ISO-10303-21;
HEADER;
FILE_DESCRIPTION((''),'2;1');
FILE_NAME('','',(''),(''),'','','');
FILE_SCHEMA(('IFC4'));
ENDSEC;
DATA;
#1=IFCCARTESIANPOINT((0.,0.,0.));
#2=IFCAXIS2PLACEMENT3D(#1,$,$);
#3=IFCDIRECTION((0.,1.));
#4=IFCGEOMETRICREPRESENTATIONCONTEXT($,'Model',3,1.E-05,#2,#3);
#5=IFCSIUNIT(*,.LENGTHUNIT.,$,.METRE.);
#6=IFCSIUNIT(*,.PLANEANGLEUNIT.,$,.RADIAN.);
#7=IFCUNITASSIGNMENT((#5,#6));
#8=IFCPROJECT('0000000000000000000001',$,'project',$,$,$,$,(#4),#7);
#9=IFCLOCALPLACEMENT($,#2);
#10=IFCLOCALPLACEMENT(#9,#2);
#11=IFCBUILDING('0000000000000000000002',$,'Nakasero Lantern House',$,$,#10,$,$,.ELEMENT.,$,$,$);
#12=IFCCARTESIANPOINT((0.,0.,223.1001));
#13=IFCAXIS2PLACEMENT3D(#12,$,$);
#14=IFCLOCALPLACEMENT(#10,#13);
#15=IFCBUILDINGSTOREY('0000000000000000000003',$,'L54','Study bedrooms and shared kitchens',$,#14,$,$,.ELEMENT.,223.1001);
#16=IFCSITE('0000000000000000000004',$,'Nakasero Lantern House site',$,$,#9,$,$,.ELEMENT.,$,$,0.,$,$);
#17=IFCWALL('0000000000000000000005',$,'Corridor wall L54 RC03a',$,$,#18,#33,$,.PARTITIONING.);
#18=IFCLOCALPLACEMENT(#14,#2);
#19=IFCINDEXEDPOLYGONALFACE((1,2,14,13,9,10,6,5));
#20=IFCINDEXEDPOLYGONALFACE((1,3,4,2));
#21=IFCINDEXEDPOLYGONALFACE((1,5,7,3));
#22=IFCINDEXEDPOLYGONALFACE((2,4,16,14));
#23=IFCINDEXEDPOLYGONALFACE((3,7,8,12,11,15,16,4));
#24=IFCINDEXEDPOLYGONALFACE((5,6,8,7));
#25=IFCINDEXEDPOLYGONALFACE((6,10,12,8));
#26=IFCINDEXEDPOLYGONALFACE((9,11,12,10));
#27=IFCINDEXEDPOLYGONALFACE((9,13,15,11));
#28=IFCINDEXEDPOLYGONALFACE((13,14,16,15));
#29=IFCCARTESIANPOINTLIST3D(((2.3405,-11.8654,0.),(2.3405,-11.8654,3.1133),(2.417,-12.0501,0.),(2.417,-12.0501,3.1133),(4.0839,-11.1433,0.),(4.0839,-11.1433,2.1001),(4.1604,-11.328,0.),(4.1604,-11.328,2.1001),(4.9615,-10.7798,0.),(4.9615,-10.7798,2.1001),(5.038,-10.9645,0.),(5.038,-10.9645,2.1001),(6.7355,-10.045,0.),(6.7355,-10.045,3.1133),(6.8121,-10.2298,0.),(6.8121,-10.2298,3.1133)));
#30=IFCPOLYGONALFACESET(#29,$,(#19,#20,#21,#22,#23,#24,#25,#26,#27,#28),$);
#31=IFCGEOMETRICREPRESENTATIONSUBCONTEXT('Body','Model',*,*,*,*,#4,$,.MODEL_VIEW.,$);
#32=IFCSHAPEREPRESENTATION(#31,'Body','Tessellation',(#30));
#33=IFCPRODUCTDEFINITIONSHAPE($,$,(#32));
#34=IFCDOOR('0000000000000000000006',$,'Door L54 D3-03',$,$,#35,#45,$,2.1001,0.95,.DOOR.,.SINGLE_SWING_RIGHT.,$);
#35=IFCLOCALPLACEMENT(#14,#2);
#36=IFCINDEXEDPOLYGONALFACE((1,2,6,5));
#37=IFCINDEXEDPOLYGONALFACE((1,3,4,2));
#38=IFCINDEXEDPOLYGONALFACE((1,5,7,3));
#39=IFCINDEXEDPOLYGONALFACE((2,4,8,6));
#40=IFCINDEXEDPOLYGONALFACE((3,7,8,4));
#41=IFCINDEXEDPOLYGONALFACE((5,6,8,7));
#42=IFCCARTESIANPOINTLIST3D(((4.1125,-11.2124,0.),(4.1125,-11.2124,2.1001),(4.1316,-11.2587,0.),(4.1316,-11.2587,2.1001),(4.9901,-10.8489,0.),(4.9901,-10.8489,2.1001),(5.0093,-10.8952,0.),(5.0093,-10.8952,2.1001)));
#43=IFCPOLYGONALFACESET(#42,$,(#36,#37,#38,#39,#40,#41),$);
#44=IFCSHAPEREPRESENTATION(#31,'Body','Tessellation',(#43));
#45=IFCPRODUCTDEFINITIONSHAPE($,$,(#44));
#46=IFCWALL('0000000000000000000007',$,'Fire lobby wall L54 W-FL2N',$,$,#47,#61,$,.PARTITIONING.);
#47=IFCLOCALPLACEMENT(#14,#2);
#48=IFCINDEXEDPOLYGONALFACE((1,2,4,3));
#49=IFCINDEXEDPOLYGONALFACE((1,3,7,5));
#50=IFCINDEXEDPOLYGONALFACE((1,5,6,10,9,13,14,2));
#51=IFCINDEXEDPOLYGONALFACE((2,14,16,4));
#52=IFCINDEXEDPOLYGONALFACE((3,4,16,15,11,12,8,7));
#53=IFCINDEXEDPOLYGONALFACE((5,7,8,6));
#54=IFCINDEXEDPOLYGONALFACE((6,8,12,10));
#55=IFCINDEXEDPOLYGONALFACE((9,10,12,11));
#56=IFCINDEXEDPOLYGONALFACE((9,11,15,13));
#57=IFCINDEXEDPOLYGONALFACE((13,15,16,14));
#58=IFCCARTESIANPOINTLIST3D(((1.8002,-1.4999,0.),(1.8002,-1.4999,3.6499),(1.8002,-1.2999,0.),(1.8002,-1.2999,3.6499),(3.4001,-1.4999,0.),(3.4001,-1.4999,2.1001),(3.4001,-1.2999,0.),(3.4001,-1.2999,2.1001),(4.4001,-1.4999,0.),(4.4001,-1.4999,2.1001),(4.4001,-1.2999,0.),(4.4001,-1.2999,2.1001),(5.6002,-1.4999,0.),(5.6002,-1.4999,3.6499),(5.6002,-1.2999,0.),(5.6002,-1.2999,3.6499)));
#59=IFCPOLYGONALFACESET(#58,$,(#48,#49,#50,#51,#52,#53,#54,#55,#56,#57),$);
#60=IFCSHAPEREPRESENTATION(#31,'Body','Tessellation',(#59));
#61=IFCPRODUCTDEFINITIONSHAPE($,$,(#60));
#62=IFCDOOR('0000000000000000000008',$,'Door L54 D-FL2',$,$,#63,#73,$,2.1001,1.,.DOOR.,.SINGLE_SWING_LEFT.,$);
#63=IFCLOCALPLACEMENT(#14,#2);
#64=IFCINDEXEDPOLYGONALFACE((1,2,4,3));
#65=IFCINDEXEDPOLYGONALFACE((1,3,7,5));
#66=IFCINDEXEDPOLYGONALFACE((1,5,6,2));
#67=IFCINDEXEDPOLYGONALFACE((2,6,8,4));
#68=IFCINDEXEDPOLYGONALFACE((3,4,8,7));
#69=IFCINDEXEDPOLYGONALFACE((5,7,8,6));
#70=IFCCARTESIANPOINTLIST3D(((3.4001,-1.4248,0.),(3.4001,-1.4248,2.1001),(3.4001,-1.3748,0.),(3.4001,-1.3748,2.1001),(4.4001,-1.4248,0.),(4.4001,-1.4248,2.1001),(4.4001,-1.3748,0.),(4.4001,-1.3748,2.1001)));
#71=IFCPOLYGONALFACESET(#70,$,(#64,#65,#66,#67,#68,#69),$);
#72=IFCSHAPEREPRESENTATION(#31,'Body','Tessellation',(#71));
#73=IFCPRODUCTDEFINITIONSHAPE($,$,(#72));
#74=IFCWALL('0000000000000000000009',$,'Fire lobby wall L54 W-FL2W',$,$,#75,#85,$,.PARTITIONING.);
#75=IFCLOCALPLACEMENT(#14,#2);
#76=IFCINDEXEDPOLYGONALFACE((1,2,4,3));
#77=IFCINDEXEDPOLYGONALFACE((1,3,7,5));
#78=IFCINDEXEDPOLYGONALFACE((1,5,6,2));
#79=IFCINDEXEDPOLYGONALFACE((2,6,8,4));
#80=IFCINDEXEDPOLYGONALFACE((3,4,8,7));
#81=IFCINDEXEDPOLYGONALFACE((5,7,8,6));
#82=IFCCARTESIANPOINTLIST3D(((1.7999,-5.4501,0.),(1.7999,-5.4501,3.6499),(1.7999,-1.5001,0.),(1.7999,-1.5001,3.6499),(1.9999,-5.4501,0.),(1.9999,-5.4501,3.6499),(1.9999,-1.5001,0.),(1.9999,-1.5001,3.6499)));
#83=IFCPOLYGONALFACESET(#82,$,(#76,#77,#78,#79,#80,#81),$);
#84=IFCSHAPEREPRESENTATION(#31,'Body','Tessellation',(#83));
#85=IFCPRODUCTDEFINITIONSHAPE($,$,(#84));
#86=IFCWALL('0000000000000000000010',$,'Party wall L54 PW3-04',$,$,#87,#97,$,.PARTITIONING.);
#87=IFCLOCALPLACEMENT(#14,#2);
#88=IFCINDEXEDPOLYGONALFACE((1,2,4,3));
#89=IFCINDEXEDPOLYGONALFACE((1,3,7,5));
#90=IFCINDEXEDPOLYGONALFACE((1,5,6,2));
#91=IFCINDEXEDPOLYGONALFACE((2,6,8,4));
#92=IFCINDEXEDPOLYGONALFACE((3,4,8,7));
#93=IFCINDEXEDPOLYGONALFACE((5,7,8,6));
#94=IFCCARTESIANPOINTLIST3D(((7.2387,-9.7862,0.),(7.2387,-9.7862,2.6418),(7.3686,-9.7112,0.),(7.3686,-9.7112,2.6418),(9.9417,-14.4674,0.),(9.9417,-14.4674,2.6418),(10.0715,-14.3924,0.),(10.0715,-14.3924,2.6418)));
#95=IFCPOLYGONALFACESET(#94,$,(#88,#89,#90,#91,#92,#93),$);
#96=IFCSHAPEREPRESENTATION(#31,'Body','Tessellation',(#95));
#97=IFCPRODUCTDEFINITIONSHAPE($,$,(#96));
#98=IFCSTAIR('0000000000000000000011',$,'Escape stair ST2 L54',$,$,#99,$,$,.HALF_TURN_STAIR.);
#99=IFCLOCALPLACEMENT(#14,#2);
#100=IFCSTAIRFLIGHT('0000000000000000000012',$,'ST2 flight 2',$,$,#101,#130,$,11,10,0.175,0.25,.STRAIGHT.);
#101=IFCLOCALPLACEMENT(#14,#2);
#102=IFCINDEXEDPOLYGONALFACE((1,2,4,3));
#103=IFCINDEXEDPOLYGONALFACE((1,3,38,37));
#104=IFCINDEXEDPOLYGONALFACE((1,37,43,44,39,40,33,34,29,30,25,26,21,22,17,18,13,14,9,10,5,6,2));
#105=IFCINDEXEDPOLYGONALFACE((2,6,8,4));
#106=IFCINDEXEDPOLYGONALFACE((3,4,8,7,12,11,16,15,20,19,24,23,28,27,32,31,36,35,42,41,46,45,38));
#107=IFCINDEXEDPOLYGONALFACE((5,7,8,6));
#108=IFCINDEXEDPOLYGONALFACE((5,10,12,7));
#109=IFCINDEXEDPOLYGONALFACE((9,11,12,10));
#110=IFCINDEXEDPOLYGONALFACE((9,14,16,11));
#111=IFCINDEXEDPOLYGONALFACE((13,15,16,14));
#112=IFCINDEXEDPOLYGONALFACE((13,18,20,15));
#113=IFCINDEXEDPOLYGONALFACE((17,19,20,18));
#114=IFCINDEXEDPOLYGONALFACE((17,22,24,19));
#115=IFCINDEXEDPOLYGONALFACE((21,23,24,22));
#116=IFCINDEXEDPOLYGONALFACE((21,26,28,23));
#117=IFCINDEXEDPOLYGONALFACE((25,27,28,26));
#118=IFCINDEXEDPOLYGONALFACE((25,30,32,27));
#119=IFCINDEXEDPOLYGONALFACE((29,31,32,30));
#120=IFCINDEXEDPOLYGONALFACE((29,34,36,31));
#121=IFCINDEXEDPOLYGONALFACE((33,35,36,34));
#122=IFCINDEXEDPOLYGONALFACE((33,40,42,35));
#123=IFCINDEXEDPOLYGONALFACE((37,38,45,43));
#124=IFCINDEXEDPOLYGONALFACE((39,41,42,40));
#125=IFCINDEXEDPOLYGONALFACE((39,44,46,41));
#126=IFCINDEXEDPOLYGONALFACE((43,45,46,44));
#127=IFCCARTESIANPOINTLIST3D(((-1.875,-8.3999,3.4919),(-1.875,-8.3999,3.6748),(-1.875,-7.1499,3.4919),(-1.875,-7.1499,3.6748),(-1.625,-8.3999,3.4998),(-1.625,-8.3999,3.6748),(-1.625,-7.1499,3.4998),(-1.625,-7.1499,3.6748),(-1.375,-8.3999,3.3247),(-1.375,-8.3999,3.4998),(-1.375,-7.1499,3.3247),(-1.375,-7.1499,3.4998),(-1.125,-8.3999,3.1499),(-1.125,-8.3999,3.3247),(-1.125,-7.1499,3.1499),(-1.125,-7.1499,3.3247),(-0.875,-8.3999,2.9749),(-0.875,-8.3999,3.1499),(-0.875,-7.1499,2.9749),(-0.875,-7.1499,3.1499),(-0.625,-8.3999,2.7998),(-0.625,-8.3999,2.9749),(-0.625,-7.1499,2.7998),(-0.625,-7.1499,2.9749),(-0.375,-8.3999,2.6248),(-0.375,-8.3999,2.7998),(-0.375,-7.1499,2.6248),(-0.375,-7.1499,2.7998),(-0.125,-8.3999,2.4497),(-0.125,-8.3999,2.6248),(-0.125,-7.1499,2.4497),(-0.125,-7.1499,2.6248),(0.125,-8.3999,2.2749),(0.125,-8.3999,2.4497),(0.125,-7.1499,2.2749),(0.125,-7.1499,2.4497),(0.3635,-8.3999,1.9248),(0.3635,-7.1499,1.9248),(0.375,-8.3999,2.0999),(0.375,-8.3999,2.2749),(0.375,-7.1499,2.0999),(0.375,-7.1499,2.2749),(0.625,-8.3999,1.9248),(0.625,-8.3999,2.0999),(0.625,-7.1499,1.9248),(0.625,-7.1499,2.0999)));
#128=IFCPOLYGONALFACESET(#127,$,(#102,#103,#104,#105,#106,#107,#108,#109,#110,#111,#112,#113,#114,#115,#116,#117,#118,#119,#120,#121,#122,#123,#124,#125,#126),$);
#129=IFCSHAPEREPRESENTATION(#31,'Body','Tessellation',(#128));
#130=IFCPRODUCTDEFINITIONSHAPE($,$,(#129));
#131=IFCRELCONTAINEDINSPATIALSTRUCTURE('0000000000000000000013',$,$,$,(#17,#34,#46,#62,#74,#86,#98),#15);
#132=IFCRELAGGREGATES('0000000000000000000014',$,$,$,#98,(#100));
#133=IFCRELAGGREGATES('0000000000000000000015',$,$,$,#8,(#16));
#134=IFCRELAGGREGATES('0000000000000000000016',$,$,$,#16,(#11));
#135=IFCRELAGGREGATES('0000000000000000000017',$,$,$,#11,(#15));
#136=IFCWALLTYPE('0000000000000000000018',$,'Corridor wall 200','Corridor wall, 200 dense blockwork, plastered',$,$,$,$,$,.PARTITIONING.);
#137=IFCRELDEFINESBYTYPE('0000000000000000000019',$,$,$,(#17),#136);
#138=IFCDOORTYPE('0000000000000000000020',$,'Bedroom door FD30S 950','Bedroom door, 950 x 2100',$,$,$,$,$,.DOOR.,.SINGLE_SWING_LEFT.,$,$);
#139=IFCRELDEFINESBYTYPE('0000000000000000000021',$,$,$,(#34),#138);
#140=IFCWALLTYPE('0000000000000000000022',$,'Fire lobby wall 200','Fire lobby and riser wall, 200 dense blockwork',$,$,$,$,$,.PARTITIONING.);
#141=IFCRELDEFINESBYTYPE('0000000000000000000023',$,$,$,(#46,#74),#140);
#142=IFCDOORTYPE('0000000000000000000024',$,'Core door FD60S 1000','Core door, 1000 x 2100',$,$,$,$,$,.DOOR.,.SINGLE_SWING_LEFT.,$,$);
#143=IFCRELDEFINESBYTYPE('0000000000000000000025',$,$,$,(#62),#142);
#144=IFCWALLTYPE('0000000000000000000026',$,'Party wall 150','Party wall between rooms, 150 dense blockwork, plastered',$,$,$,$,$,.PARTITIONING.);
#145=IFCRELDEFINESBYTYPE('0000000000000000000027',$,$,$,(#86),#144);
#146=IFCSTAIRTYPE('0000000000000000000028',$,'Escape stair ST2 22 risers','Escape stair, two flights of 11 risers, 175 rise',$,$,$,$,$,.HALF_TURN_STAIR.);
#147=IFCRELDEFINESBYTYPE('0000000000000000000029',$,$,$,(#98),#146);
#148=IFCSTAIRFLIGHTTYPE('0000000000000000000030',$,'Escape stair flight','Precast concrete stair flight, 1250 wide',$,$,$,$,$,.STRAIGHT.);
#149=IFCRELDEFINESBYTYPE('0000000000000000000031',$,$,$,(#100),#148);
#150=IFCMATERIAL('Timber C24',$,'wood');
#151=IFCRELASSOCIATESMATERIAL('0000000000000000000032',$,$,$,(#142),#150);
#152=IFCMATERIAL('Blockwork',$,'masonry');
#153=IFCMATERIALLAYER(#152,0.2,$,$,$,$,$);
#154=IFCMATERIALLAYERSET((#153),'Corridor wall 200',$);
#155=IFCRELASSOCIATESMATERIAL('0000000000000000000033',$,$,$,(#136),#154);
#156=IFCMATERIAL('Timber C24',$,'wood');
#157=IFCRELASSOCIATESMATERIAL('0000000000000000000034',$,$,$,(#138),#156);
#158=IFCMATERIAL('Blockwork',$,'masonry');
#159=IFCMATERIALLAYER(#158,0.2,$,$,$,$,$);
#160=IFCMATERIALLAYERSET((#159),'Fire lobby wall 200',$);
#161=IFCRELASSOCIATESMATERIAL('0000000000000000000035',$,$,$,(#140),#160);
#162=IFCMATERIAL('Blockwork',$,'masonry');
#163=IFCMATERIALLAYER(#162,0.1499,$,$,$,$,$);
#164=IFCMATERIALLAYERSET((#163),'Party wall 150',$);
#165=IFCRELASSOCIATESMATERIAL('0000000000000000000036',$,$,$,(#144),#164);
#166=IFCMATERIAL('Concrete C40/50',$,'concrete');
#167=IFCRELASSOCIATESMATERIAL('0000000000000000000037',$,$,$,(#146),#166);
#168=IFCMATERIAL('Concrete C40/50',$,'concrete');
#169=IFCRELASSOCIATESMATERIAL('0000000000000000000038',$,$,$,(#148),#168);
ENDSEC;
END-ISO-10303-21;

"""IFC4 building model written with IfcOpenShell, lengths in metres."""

from ifc_helpers import new_model, si_unit, direction, frame, frame_2d, origin, place, context, subcontext, project, spatial, polyline, rectangle, outline, extrude, material, layer, layer_set, type_object, element, fill, aggregate, save


model = new_model("IFC4")

# Units and contexts
model_context = context("Model", 3, precision=1e-05, world=origin(), true_north=direction((0.0, 1.0)))
body_context = subcontext(model_context, "Body", "Model", "MODEL_VIEW")
ifc_project = project(units=[si_unit("LENGTHUNIT", "METRE"), si_unit("PLANEANGLEUNIT", "RADIAN")], contexts=[model_context])

# Site, building, storey
site_placement = place(None, origin())
site = spatial("IfcSite", under=ifc_project, at=site_placement, Name="Nakasero Lantern House site", CompositionType="ELEMENT", RefElevation=0.0)
building_placement = place(site_placement, origin())
building = spatial("IfcBuilding", under=site, at=building_placement, Name="Nakasero Lantern House", CompositionType="ELEMENT")
storey_placement = place(building_placement, frame((0.0, 0.0, 223.1001)))
storey = spatial("IfcBuildingStorey", under=building, at=storey_placement, Name="L54", Description="Study bedrooms and shared kitchens", CompositionType="ELEMENT", Elevation=223.1001)

# Shared definitions
ifc_material_1 = material(Name="Timber C24", Category="wood")
door_type_1 = type_object("IfcDoorType", Name="Core door FD60S 1000", Description="Core door, 1000 x 2100", OperationType="SINGLE_SWING_LEFT", PredefinedType="DOOR", material=ifc_material_1)

# Walls, openings, doors
ifc_material_2 = material(Name="Blockwork", Category="masonry")
ifc_layer_1 = layer(ifc_material_2, 0.2)
ifc_layer_set_1 = layer_set([ifc_layer_1], Name="Corridor wall 200")
wall_type_1 = type_object("IfcWallType", Name="Corridor wall 200", Description="Corridor wall, 200 dense blockwork, plastered", PredefinedType="PARTITIONING", material=ifc_layer_set_1)
wall_1_placement = place(storey_placement, frame((6.7737, -10.1375, 0.0), z_axis=(0.0, 0.0, 1.0), x_axis=(-0.923892, -0.382654, 0.0)))
wall_1 = element("IfcWall", 1, at=wall_1_placement, inside=storey, type_object=wall_type_1, Name="Corridor wall L54 RC03a", PredefinedType="PARTITIONING", context=body_context, shape_type="SweptSolid", body=[
    extrude(rectangle(XDim=4.7571, YDim=0.2, at=frame_2d((2.3784, 0.0))), origin(), (0.0, 0.0, 1.0), 3.1133),
])
opening_1_placement = place(wall_1_placement, frame((1.9199, 0.0, 0.0)))
opening_1 = element("IfcOpeningElement", 2, at=opening_1_placement, cuts=wall_1, PredefinedType="OPENING", context=body_context, shape_type="SweptSolid", body=[
    extrude(rectangle(XDim=0.95, YDim=2.1001, at=frame_2d((0.4751, 1.05))), frame((0.0, 0.1199, 0.0), z_axis=(0.0, -1.0, 0.0), x_axis=(1.0, 0.0, 0.0)), (0.0, 0.0, 1.0), 0.24),
])
ifc_material_3 = material(Name="Timber C24", Category="wood")
door_type_2 = type_object("IfcDoorType", Name="Bedroom door FD30S 950", Description="Bedroom door, 950 x 2100", OperationType="SINGLE_SWING_LEFT", PredefinedType="DOOR", material=ifc_material_3)
door_1_placement = place(opening_1_placement, origin())
door_1 = element("IfcDoor", 3, at=door_1_placement, inside=storey, type_object=door_type_2, Name="Door L54 D3-03", OperationType="SINGLE_SWING_RIGHT", OverallHeight=2.1001, OverallWidth=0.95, PredefinedType="DOOR", context=body_context, shape_type="SweptSolid", body=[
    extrude(rectangle(XDim=0.95, YDim=2.1001, at=frame_2d((0.4751, 1.05))), frame((0.0, 0.0249, 0.0), z_axis=(0.0, -1.0, 0.0), x_axis=(1.0, 0.0, 0.0)), (0.0, 0.0, 1.0), 0.05),
])
fill(opening_1, door_1)
ifc_material_4 = material(Name="Blockwork", Category="masonry")
ifc_layer_2 = layer(ifc_material_4, 0.2)
ifc_layer_set_2 = layer_set([ifc_layer_2], Name="Fire lobby wall 200")
wall_type_2 = type_object("IfcWallType", Name="Fire lobby wall 200", Description="Fire lobby and riser wall, 200 dense blockwork", PredefinedType="PARTITIONING", material=ifc_layer_set_2)
wall_2_placement = place(storey_placement, frame((5.6001, -1.3999, 0.0), z_axis=(0.0, 0.0, 1.0), x_axis=(-1.0, 0.0, 0.0)))
wall_2 = element("IfcWall", 4, at=wall_2_placement, inside=storey, type_object=wall_type_2, Name="Fire lobby wall L54 W-FL2N", PredefinedType="PARTITIONING", context=body_context, shape_type="SweptSolid", body=[
    extrude(rectangle(XDim=3.8, YDim=0.2, at=frame_2d((1.8999, 0.0))), origin(), (0.0, 0.0, 1.0), 3.6499),
])
opening_2_placement = place(wall_2_placement, frame((1.2, 0.0, 0.0)))
opening_2 = element("IfcOpeningElement", 5, at=opening_2_placement, cuts=wall_2, PredefinedType="OPENING", context=body_context, shape_type="SweptSolid", body=[
    extrude(rectangle(XDim=1.0, YDim=2.1001, at=frame_2d((0.5, 1.05))), frame((0.0, 0.1199, 0.0), z_axis=(0.0, -1.0, 0.0), x_axis=(1.0, 0.0, 0.0)), (0.0, 0.0, 1.0), 0.24),
])
door_2_placement = place(opening_2_placement, origin())
door_2 = element("IfcDoor", 6, at=door_2_placement, inside=storey, type_object=door_type_1, Name="Door L54 D-FL2", OperationType="SINGLE_SWING_LEFT", OverallHeight=2.1001, OverallWidth=1.0, PredefinedType="DOOR", context=body_context, shape_type="SweptSolid", body=[
    extrude(rectangle(XDim=1.0, YDim=2.1001, at=frame_2d((0.5, 1.05))), frame((0.0, 0.0249, 0.0), z_axis=(0.0, -1.0, 0.0), x_axis=(1.0, 0.0, 0.0)), (0.0, 0.0, 1.0), 0.05),
])
fill(opening_2, door_2)

# Walls
wall_3_placement = place(storey_placement, frame((1.8999, -1.5, 0.0), z_axis=(0.0, 0.0, 1.0), x_axis=(0.0, -1.0, 0.0)))
element("IfcWall", 7, at=wall_3_placement, inside=storey, type_object=wall_type_2, Name="Fire lobby wall L54 W-FL2W", PredefinedType="PARTITIONING", context=body_context, shape_type="SweptSolid", body=[
    extrude(rectangle(XDim=3.95, YDim=0.2, at=frame_2d((1.9751, 0.0))), origin(), (0.0, 0.0, 1.0), 3.6499),
])
ifc_material_5 = material(Name="Blockwork", Category="masonry")
ifc_layer_3 = layer(ifc_material_5, 0.1499)
ifc_layer_set_3 = layer_set([ifc_layer_3], Name="Party wall 150")
wall_type_3 = type_object("IfcWallType", Name="Party wall 150", Description="Party wall between rooms, 150 dense blockwork, plastered", PredefinedType="PARTITIONING", material=ifc_layer_set_3)
wall_4_placement = place(storey_placement, frame((7.3037, -9.7488, 0.0), z_axis=(0.0, 0.0, 1.0), x_axis=(0.50003, -0.866008, 0.0)))
element("IfcWall", 8, at=wall_4_placement, inside=storey, type_object=wall_type_3, Name="Party wall L54 PW3-04", PredefinedType="PARTITIONING", context=body_context, shape_type="SweptSolid", body=[
    extrude(rectangle(XDim=5.4055, YDim=0.1499, at=frame_2d((2.7026, 0.0))), origin(), (0.0, 0.0, 1.0), 2.6418),
])

# Stair, stair flight
ifc_material_6 = material(Name="Concrete C40/50", Category="concrete")
stair_type_1 = type_object("IfcStairType", Name="Escape stair ST2 22 risers", Description="Escape stair, two flights of 11 risers, 175 rise", PredefinedType="HALF_TURN_STAIR", material=ifc_material_6)
stair_1_placement = place(storey_placement, origin())
stair_1 = element("IfcStair", 9, at=stair_1_placement, inside=storey, type_object=stair_type_1, Name="Escape stair ST2 L54", PredefinedType="HALF_TURN_STAIR")
ifc_material_7 = material(Name="Concrete C40/50", Category="concrete")
stair_flight_type = type_object("IfcStairFlightType", Name="Escape stair flight", Description="Precast concrete stair flight, 1250 wide", PredefinedType="STRAIGHT", material=ifc_material_7)
stair_flight_placement = place(storey_placement, frame((0.625, -7.7749, 1.9248), z_axis=(0.0, 0.0, 1.0), x_axis=(-1.0, 0.0, 0.0)))
stair_flight = element("IfcStairFlight", 10, at=stair_flight_placement, type_object=stair_flight_type, Name="ST2 flight 2", NumberOfRisers=11, NumberOfTreads=10, PredefinedType="STRAIGHT", RiserHeight=0.175, TreadLength=0.25, context=body_context, shape_type="SweptSolid", body=[
    extrude(outline(polyline([(0.0, 0.0), (0.0, 0.175), (0.25, 0.175), (0.25, 0.3501), (0.5, 0.3501), (0.5, 0.5249), (0.75, 0.5249), (0.75, 0.7), (1.0, 0.7), (1.0, 0.875), (1.25, 0.875), (1.25, 1.05), (1.5, 1.05), (1.5, 1.2251), (1.75, 1.2251), (1.75, 1.3999), (2.0, 1.3999), (2.0, 1.575), (2.25, 1.575), (2.25, 1.75), (2.5, 1.75), (2.5, 1.925), (2.5, 1.5671), (0.2615, 0.0), (0.0, 0.0)])), frame((0.0, 0.625, 0.0), z_axis=(0.0, -1.0, 0.0), x_axis=(1.0, 0.0, 0.0)), (0.0, 0.0, 1.0), 1.25),
])
aggregate(stair_1, [stair_flight])

save(model, "model.ifc")
